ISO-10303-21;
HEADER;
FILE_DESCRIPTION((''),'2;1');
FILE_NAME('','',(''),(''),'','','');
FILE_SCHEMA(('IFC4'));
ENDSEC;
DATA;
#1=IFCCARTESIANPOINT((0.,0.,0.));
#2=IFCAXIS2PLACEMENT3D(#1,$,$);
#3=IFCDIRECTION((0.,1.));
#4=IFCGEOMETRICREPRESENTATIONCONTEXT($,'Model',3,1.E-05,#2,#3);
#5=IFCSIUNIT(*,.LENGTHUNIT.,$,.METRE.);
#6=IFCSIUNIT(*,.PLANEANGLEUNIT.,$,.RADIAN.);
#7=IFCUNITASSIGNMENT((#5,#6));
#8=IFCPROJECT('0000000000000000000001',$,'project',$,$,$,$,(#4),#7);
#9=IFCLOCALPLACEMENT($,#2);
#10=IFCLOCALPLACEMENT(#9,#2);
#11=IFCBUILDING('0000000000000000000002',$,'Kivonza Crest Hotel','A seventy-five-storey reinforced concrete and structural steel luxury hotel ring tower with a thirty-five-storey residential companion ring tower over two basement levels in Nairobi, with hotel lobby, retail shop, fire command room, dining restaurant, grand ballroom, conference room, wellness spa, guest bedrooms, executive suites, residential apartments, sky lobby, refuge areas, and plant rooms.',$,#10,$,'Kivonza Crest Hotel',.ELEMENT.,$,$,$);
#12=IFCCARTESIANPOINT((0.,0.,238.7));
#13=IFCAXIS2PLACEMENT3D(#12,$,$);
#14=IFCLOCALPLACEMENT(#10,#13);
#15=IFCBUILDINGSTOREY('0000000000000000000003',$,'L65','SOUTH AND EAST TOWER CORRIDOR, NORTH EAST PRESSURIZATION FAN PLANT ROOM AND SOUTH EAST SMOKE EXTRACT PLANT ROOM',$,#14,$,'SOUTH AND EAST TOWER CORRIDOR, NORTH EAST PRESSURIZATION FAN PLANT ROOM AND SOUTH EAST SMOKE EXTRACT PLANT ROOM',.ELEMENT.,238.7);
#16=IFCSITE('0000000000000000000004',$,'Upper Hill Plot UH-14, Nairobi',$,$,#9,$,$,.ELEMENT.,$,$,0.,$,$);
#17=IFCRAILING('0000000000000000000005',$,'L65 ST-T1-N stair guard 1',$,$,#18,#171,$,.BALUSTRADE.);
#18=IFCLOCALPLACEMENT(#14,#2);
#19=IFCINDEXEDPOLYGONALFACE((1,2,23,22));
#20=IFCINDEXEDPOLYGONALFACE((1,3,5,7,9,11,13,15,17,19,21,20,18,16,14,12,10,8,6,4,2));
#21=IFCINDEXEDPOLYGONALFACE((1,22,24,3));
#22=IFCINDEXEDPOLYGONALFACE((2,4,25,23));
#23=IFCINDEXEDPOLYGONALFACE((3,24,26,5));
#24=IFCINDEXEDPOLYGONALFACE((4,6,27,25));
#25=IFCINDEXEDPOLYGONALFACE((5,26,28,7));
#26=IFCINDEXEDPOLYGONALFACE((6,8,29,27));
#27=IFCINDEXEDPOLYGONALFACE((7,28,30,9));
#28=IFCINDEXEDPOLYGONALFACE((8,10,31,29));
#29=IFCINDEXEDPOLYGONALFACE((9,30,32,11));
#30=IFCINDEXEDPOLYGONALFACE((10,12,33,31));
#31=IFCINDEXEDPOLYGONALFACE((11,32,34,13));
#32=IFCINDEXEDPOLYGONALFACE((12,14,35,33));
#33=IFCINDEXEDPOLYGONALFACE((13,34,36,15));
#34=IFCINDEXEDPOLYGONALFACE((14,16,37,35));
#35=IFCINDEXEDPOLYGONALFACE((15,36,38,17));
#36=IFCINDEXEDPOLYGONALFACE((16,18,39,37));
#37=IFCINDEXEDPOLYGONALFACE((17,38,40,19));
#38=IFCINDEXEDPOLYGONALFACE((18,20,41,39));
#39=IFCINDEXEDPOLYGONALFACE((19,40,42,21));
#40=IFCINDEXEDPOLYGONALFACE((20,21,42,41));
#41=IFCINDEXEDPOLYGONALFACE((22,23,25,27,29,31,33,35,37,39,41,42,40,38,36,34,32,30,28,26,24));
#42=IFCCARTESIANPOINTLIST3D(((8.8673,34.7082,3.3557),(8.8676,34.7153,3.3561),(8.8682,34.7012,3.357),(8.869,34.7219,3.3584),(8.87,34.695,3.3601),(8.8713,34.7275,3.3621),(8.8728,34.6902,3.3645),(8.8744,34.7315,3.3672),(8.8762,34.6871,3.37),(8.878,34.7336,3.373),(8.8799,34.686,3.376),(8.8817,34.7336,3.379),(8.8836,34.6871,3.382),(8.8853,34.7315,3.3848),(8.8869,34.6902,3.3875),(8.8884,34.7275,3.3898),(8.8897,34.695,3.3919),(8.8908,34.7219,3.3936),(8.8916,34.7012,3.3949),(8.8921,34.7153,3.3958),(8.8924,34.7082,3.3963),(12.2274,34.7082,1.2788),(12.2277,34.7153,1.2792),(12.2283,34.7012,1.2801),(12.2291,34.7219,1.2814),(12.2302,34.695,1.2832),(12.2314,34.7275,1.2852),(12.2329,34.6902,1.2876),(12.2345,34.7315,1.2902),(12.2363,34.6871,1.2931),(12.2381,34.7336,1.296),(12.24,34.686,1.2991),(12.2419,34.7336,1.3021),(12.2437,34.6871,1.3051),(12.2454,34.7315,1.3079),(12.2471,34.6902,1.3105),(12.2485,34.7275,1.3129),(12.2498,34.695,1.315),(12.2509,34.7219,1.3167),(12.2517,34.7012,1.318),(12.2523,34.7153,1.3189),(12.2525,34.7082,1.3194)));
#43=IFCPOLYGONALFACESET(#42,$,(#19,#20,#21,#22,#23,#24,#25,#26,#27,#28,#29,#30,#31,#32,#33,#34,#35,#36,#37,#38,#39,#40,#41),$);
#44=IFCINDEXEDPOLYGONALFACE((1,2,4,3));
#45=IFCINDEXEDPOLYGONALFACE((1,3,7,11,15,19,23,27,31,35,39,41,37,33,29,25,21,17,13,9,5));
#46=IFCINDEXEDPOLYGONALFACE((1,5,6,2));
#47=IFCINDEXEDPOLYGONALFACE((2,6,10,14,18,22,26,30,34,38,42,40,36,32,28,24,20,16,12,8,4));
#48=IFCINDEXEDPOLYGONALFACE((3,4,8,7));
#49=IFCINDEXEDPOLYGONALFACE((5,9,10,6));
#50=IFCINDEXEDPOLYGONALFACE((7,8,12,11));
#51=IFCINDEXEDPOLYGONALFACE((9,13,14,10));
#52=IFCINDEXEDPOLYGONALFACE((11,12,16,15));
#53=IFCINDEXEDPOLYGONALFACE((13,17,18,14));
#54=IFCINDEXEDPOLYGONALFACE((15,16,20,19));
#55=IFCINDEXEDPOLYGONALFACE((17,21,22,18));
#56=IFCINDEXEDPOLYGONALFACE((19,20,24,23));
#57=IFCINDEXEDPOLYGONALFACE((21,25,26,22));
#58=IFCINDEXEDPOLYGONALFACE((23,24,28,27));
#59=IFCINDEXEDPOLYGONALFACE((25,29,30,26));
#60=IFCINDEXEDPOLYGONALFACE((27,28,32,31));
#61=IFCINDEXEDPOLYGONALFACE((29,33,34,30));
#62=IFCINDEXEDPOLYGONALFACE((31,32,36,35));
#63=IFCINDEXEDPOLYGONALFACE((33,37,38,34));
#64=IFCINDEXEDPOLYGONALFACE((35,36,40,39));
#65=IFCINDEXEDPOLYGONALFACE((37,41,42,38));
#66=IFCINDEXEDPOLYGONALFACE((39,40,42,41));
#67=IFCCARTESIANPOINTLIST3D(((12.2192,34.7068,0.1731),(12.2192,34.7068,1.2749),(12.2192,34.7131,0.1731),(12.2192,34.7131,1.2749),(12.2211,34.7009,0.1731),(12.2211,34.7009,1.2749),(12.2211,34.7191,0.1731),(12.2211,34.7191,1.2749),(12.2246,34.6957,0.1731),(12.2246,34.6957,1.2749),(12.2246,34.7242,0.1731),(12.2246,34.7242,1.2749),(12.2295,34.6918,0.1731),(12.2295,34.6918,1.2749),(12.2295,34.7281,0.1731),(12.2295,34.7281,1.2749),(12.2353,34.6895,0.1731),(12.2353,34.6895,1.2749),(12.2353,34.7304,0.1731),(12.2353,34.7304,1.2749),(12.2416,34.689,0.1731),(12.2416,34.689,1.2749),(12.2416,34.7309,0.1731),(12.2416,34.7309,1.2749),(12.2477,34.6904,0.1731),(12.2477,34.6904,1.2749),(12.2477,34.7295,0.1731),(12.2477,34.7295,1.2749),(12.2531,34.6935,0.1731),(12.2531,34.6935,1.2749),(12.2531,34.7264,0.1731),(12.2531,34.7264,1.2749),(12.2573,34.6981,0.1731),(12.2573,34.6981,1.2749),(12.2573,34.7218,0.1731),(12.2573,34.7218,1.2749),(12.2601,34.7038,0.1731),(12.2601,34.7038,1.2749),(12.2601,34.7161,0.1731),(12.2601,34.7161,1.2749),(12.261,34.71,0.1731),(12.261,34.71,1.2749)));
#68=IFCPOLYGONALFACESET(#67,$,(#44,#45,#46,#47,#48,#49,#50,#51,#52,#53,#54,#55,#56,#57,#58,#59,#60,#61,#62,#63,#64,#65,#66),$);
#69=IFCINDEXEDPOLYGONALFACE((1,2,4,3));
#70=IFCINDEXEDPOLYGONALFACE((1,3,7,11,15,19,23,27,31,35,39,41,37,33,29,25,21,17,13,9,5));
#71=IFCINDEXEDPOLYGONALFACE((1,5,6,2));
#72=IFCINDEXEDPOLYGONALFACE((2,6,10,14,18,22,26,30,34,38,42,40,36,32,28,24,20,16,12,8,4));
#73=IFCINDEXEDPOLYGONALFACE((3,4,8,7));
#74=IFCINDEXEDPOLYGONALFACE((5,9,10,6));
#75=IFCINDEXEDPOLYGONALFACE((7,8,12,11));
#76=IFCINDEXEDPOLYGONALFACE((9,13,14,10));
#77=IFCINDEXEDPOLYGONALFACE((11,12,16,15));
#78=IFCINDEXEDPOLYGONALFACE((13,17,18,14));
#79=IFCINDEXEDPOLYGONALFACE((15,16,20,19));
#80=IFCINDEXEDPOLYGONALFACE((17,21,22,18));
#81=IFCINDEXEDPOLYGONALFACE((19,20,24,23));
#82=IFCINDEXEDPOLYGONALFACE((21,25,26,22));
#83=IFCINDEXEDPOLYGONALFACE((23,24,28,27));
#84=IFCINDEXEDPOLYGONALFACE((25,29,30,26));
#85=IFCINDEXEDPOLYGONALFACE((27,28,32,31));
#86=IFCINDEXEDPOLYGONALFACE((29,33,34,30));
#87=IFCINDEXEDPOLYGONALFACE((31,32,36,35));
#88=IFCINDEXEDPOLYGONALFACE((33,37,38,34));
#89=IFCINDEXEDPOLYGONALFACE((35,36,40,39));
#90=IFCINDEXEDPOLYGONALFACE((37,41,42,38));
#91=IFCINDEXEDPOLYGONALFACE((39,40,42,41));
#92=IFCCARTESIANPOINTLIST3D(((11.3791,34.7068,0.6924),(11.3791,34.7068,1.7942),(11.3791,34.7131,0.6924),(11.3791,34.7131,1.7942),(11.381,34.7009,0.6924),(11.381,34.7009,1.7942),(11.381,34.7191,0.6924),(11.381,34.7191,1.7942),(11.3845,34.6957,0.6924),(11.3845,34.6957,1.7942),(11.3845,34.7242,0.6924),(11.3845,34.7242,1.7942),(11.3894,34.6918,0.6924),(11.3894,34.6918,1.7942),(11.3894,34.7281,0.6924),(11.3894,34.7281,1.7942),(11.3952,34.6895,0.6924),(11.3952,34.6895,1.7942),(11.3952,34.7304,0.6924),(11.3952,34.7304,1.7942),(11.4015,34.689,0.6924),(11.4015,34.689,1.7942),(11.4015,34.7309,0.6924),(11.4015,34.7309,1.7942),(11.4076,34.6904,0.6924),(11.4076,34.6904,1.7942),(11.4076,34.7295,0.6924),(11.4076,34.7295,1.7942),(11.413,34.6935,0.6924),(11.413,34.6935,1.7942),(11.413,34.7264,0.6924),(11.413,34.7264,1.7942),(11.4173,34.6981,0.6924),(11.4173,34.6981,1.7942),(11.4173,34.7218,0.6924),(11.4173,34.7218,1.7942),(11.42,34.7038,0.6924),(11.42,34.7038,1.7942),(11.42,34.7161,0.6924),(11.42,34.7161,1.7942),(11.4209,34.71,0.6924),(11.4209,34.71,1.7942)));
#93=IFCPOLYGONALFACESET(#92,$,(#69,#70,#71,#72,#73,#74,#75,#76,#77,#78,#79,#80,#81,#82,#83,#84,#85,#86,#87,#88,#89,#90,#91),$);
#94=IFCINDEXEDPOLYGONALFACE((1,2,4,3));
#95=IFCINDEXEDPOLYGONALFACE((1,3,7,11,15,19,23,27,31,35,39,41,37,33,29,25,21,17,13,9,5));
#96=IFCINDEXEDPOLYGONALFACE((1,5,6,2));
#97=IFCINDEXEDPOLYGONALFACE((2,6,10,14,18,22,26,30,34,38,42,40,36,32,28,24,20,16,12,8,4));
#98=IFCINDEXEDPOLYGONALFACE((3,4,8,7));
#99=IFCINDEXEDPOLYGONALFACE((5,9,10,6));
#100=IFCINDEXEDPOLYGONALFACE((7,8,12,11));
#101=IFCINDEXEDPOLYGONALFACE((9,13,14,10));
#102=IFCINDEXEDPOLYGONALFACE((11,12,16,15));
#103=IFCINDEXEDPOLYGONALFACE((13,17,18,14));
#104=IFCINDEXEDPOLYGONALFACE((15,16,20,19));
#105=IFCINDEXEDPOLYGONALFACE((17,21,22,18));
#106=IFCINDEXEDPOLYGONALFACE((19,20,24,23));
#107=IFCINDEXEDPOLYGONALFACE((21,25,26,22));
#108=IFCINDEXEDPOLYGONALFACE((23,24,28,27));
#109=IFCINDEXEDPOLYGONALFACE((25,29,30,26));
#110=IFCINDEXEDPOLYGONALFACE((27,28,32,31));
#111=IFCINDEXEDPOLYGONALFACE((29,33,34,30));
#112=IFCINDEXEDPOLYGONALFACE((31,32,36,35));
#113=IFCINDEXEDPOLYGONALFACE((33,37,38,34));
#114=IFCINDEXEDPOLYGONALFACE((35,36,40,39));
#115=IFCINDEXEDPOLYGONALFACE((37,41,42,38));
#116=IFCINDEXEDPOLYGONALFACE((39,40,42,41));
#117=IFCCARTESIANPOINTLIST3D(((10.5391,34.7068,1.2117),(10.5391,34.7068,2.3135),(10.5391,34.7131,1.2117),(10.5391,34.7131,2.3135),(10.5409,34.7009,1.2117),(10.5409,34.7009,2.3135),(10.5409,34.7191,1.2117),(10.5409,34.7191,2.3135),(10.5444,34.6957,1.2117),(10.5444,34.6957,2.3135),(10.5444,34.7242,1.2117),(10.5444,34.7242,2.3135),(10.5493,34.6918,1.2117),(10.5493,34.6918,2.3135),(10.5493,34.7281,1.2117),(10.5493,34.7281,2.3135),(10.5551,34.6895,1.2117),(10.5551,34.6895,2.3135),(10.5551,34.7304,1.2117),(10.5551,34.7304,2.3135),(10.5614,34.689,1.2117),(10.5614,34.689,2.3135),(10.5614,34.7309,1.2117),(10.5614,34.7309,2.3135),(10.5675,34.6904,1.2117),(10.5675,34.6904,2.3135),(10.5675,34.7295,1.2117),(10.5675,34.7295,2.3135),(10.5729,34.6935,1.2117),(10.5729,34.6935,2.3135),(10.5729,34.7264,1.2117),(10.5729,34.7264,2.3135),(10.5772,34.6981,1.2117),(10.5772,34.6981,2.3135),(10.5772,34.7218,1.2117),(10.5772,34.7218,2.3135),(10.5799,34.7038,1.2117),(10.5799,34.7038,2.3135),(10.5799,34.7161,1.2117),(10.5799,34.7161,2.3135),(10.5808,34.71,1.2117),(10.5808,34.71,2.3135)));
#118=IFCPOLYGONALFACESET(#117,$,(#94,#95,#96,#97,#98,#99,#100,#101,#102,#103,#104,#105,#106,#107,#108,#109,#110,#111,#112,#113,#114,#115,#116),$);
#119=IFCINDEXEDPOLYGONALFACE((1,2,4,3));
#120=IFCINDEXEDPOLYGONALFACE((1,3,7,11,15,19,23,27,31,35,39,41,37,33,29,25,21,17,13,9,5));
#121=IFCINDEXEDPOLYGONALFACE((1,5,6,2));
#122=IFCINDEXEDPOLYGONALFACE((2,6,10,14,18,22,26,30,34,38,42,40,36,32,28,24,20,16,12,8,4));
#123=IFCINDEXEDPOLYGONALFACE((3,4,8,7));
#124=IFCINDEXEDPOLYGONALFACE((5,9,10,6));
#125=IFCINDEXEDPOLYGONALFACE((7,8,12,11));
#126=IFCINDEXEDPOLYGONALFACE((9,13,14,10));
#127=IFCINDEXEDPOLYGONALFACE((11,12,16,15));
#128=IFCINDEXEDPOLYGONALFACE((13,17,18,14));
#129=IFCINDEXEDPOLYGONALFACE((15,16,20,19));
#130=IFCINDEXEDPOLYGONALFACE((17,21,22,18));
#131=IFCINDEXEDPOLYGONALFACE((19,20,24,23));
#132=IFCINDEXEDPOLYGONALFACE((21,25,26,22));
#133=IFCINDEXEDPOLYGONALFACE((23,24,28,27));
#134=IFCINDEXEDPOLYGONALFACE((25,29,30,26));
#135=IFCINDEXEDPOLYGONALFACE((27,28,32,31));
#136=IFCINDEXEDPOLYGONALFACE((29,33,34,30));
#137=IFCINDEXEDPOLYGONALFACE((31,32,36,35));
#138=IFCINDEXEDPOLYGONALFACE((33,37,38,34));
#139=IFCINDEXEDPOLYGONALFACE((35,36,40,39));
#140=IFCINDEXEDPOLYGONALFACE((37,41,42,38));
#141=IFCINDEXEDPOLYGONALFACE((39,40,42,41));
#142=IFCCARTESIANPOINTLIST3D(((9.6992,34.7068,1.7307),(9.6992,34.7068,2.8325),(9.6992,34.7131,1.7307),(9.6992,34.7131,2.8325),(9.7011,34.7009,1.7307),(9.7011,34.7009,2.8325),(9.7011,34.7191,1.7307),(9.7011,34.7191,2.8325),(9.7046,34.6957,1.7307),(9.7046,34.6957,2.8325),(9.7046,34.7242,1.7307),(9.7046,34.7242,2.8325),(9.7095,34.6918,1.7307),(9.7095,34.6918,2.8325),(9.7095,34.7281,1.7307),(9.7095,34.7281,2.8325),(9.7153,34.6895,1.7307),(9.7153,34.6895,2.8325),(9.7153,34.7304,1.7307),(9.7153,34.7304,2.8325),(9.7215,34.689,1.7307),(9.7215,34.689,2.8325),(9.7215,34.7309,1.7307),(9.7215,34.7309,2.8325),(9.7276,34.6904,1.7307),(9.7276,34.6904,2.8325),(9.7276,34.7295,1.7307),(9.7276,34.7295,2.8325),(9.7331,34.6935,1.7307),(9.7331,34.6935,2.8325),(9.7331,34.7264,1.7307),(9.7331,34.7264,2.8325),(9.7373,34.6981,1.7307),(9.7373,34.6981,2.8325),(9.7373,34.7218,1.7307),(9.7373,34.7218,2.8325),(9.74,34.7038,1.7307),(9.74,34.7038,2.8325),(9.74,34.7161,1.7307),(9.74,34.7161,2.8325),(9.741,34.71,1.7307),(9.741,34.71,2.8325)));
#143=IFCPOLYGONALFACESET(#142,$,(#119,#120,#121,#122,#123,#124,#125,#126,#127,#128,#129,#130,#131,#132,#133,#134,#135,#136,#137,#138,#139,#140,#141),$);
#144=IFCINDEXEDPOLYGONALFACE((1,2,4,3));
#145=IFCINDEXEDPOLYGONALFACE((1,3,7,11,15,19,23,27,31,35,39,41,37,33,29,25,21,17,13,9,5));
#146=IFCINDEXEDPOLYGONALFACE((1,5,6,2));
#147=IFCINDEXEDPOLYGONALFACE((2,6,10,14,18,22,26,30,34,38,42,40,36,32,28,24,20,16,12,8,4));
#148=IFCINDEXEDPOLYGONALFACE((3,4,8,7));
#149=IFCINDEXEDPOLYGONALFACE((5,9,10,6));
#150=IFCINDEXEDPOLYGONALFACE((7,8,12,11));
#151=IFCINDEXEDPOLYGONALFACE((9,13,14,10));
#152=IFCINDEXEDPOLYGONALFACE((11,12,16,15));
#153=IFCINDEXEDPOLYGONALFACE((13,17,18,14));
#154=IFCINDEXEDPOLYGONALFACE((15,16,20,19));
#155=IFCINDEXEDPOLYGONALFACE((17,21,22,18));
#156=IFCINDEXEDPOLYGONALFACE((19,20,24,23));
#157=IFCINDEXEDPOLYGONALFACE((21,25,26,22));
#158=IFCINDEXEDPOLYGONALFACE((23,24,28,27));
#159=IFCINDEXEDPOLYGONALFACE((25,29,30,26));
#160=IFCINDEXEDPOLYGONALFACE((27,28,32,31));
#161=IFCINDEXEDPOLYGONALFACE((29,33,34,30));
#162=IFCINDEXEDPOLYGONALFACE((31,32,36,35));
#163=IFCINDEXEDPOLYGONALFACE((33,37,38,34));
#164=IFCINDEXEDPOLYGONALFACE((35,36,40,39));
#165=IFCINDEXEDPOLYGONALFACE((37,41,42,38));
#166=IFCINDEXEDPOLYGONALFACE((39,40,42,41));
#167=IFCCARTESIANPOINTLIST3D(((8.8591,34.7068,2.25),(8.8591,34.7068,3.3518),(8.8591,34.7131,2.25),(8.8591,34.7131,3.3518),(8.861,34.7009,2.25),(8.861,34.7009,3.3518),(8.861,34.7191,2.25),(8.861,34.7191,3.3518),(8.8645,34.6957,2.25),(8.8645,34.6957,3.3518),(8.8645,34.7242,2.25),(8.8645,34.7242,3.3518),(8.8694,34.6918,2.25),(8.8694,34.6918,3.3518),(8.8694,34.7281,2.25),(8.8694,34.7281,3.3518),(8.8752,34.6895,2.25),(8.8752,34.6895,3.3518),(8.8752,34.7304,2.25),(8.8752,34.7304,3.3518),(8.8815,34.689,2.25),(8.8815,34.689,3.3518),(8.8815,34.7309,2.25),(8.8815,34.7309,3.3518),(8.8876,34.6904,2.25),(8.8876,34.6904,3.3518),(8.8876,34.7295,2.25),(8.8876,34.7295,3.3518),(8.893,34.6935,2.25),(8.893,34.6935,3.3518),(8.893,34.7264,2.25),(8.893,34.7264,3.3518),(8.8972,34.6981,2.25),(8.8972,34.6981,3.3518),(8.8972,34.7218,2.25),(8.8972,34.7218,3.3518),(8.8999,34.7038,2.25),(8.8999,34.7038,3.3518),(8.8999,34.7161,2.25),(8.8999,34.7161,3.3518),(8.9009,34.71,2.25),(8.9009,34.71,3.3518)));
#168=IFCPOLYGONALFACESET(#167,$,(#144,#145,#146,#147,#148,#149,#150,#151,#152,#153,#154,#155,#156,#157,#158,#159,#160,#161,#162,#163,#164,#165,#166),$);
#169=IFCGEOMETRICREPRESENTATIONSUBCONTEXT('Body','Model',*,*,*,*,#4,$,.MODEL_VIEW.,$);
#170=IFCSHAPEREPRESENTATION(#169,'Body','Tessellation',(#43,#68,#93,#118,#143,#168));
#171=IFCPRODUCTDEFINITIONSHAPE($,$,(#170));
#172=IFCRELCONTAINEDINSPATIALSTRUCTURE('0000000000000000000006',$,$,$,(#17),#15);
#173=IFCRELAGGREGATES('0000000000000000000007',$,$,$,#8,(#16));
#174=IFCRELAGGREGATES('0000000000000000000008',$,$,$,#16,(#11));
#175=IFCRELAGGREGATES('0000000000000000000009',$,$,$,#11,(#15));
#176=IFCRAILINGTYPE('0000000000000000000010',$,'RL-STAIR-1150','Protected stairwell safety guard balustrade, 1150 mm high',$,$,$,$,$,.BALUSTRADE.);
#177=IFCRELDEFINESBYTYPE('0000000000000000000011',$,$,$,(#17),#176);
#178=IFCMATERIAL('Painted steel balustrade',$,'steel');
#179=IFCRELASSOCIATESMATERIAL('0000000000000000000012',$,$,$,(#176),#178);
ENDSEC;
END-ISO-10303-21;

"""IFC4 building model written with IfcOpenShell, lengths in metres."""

from ifc_helpers import new_model, si_unit, direction, frame, origin, origin_2d, place, context, subcontext, project, spatial, circle, extrude, material, type_object, element, save


model = new_model("IFC4")

# Units and contexts
model_context = context("Model", 3, precision=1e-05, world=origin(), true_north=direction((0.0, 1.0)))
body_context = subcontext(model_context, "Body", "Model", "MODEL_VIEW")
ifc_project = project(units=[si_unit("LENGTHUNIT", "METRE"), si_unit("PLANEANGLEUNIT", "RADIAN")], contexts=[model_context])

# Site, building, storey
site_placement = place(None, origin())
site = spatial("IfcSite", under=ifc_project, at=site_placement, Name="Upper Hill Plot UH-14, Nairobi", CompositionType="ELEMENT", RefElevation=0.0)
building_placement = place(site_placement, origin())
building = spatial("IfcBuilding", under=site, at=building_placement, Name="Kivonza Crest Hotel", Description="A seventy-five-storey reinforced concrete and structural steel luxury hotel ring tower with a thirty-five-storey residential companion ring tower over two basement levels in Nairobi, with hotel lobby, retail shop, fire command room, dining restaurant, grand ballroom, conference room, wellness spa, guest bedrooms, executive suites, residential apartments, sky lobby, refuge areas, and plant rooms.", LongName="Kivonza Crest Hotel", CompositionType="ELEMENT")
storey_placement = place(building_placement, frame((0.0, 0.0, 238.7)))
storey = spatial("IfcBuildingStorey", under=building, at=storey_placement, Name="L65", Description="SOUTH AND EAST TOWER CORRIDOR, NORTH EAST PRESSURIZATION FAN PLANT ROOM AND SOUTH EAST SMOKE EXTRACT PLANT ROOM", LongName="SOUTH AND EAST TOWER CORRIDOR, NORTH EAST PRESSURIZATION FAN PLANT ROOM AND SOUTH EAST SMOKE EXTRACT PLANT ROOM", CompositionType="ELEMENT", Elevation=238.7)

# Railing
ifc_material_1 = material(Name="Painted steel balustrade", Category="steel")
railing_type_1 = type_object("IfcRailingType", Name="RL-STAIR-1150", Description="Protected stairwell safety guard balustrade, 1150 mm high", PredefinedType="BALUSTRADE", material=ifc_material_1)
railing_1_placement = place(storey_placement, frame((12.24, 34.71, 0.1731)))
element("IfcRailing", 1, at=railing_1_placement, inside=storey, type_object=railing_type_1, Name="L65 ST-T1-N stair guard 1", PredefinedType="BALUSTRADE", context=body_context, shape_type="SweptSolid", body=[
    extrude(circle(Radius=0.0239, at=origin_2d()), frame((0.0, 0.0, 1.126), z_axis=(-0.850623, 0.0, 0.525776), x_axis=(0.0, -1.0, 0.0)), (0.0, 0.0, 1.0), 3.9502),
    extrude(circle(Radius=0.021, at=origin_2d()), origin(), (0.0, 0.0, 1.0), 1.1018),
    extrude(circle(Radius=0.021, at=origin_2d()), frame((-0.8401, 0.0, 0.5193)), (0.0, 0.0, 1.0), 1.1018),
    extrude(circle(Radius=0.021, at=origin_2d()), frame((-1.6802, 0.0, 1.0386)), (0.0, 0.0, 1.0), 1.1018),
    extrude(circle(Radius=0.021, at=origin_2d()), frame((-2.52, 0.0, 1.5576)), (0.0, 0.0, 1.0), 1.1018),
    extrude(circle(Radius=0.021, at=origin_2d()), frame((-3.3601, 0.0, 2.0769)), (0.0, 0.0, 1.0), 1.1018),
])

save(model, "model.ifc")
